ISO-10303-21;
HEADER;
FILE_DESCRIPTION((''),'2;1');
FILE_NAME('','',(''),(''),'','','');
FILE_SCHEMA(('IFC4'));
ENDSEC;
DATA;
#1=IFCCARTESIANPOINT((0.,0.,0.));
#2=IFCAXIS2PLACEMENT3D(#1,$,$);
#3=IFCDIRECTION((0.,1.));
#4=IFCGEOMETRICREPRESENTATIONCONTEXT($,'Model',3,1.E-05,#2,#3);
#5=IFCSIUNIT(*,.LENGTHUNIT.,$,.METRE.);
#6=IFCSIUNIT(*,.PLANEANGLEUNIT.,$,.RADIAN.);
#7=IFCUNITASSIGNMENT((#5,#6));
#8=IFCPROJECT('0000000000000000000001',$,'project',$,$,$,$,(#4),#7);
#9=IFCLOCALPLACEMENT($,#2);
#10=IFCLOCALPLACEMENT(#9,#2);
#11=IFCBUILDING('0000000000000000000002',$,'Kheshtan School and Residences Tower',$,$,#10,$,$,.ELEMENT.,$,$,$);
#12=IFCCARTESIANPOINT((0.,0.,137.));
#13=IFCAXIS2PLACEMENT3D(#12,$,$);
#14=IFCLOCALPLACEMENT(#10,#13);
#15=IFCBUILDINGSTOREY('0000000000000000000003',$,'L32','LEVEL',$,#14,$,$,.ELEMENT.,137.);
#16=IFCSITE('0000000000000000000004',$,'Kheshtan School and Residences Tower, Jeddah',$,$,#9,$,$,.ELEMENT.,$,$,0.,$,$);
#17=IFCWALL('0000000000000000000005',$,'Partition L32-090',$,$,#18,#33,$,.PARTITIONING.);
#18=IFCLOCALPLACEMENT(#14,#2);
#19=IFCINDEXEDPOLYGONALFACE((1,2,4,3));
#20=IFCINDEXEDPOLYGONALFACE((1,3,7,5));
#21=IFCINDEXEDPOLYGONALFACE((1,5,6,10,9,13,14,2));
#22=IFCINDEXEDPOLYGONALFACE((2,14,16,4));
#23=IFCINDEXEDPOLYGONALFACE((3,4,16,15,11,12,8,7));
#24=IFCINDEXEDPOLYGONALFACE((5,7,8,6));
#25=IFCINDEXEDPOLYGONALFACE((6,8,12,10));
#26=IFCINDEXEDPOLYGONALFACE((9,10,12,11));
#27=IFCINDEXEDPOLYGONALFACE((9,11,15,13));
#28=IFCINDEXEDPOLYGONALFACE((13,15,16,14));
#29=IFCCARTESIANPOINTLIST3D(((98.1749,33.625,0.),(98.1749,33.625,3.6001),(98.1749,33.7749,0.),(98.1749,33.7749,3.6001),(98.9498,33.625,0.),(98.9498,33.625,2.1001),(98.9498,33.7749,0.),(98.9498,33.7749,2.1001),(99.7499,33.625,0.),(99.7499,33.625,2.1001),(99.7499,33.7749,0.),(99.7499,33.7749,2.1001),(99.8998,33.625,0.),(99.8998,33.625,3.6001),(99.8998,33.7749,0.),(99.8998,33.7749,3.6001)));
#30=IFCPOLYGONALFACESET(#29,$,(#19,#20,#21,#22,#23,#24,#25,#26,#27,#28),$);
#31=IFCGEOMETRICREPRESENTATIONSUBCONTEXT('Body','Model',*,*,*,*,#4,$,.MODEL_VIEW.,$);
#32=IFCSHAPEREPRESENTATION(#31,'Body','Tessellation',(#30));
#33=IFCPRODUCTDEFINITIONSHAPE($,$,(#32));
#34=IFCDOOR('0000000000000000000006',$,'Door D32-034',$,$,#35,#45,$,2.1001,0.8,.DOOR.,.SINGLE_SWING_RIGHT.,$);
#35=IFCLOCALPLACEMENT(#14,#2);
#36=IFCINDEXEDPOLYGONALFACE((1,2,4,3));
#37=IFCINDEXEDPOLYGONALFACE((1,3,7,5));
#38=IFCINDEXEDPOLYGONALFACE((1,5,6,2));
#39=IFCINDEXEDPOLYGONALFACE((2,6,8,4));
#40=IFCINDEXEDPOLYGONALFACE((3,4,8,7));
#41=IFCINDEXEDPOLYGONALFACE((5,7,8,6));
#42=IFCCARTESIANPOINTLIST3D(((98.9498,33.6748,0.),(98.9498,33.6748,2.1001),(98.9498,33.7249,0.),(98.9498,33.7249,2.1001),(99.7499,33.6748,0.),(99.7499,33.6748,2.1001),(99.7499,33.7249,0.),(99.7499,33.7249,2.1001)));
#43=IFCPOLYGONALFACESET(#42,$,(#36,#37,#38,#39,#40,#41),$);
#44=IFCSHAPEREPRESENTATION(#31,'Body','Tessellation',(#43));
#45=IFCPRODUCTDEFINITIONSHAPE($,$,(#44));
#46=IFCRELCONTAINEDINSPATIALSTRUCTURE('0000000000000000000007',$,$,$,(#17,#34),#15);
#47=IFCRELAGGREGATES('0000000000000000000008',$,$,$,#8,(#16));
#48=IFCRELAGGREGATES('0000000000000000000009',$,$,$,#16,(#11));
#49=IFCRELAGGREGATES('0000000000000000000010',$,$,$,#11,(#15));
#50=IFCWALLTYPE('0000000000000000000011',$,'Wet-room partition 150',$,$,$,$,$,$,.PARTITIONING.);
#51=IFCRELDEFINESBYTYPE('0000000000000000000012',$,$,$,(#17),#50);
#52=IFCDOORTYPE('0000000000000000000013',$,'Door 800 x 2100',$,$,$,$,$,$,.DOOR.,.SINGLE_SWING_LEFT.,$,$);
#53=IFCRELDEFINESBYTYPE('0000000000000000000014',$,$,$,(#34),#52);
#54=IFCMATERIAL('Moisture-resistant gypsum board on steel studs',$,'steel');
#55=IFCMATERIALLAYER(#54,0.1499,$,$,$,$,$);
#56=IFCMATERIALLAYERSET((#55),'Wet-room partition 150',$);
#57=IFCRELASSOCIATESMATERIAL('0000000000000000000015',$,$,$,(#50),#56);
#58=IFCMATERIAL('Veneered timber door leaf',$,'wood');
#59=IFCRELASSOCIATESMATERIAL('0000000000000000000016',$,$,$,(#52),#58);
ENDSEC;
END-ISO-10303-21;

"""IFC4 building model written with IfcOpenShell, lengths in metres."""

from ifc_helpers import new_model, si_unit, direction, frame, frame_2d, origin, place, context, subcontext, project, spatial, rectangle, extrude, source, transform, mapped, material, layer, layer_set, type_object, element, fill, save


model = new_model("IFC4")

# Units and contexts
model_context = context("Model", 3, precision=1e-05, world=origin(), true_north=direction((0.0, 1.0)))
body_context = subcontext(model_context, "Body", "Model", "MODEL_VIEW")
ifc_project = project(units=[si_unit("LENGTHUNIT", "METRE"), si_unit("PLANEANGLEUNIT", "RADIAN")], contexts=[model_context])

# Site, building, storey
site_placement = place(None, origin())
site = spatial("IfcSite", under=ifc_project, at=site_placement, Name="Kheshtan School and Residences Tower, Jeddah", CompositionType="ELEMENT", RefElevation=0.0)
building_placement = place(site_placement, origin())
building = spatial("IfcBuilding", under=site, at=building_placement, Name="Kheshtan School and Residences Tower", CompositionType="ELEMENT")
storey_placement = place(building_placement, frame((0.0, 0.0, 137.0)))
storey = spatial("IfcBuildingStorey", under=building, at=storey_placement, Name="L32", Description="LEVEL", CompositionType="ELEMENT", Elevation=137.0)

# Shared definitions
ifc_material_1 = material(Name="Moisture-resistant gypsum board on steel studs", Category="steel")
ifc_layer_1 = layer(ifc_material_1, 0.1499)
ifc_layer_set_1 = layer_set([ifc_layer_1], Name="Wet-room partition 150")
wall_type_1 = type_object("IfcWallType", Name="Wet-room partition 150", PredefinedType="PARTITIONING", material=ifc_layer_set_1)

# Shared definitions
ifc_material_2 = material(Name="Veneered timber door leaf", Category="wood")
door_type_1 = type_object("IfcDoorType", Name="Door 800 x 2100", OperationType="SINGLE_SWING_LEFT", PredefinedType="DOOR", material=ifc_material_2)
shared_shape_1 = source(origin(), body_context, "Body", "SweptSolid", [
    extrude(rectangle(XDim=0.8, YDim=2.1001, at=frame_2d((0.3999, 1.05))), frame((0.0, 0.0249, 0.0), z_axis=(0.0, -1.0, 0.0), x_axis=(1.0, 0.0, 0.0)), (0.0, 0.0, 1.0), 0.05),
])

# Wall, opening, door
wall_1_placement = place(storey_placement, frame((98.175, 33.7, 0.0), z_axis=(0.0, 0.0, 1.0), x_axis=(1.0, 0.0, 0.0)))
wall_1 = element("IfcWall", 1, at=wall_1_placement, inside=storey, type_object=wall_type_1, Name="Partition L32-090", PredefinedType="PARTITIONING", context=body_context, shape_type="SweptSolid", body=[
    extrude(rectangle(XDim=1.7249, YDim=0.1499, at=frame_2d((0.8623, 0.0))), origin(), (0.0, 0.0, 1.0), 3.6001),
])
opening_1_placement = place(wall_1_placement, frame((0.7749, 0.0, 0.0)))
opening_1 = element("IfcOpeningElement", 2, at=opening_1_placement, cuts=wall_1, PredefinedType="OPENING", context=body_context, shape_type="SweptSolid", body=[
    extrude(rectangle(XDim=0.8, YDim=2.1001, at=frame_2d((0.3999, 1.05))), frame((0.0, 0.085, 0.0), z_axis=(0.0, -1.0, 0.0), x_axis=(1.0, 0.0, 0.0)), (0.0, 0.0, 1.0), 0.1699),
])
door_1_placement = place(opening_1_placement, origin())
door_1 = element("IfcDoor", 3, at=door_1_placement, inside=storey, type_object=door_type_1, Name="Door D32-034", OperationType="SINGLE_SWING_RIGHT", OverallHeight=2.1001, OverallWidth=0.8, PredefinedType="DOOR", context=body_context, shape_type="MappedRepresentation", body=[
    mapped(shared_shape_1, transform((0.0, 0.0, 0.0), x_axis=(1.0, 0.0, 0.0), y_axis=(0.0, 1.0, 0.0), z_axis=(0.0, 0.0, 1.0), scale=1.0)),
])
fill(opening_1, door_1)

save(model, "model.ifc")
